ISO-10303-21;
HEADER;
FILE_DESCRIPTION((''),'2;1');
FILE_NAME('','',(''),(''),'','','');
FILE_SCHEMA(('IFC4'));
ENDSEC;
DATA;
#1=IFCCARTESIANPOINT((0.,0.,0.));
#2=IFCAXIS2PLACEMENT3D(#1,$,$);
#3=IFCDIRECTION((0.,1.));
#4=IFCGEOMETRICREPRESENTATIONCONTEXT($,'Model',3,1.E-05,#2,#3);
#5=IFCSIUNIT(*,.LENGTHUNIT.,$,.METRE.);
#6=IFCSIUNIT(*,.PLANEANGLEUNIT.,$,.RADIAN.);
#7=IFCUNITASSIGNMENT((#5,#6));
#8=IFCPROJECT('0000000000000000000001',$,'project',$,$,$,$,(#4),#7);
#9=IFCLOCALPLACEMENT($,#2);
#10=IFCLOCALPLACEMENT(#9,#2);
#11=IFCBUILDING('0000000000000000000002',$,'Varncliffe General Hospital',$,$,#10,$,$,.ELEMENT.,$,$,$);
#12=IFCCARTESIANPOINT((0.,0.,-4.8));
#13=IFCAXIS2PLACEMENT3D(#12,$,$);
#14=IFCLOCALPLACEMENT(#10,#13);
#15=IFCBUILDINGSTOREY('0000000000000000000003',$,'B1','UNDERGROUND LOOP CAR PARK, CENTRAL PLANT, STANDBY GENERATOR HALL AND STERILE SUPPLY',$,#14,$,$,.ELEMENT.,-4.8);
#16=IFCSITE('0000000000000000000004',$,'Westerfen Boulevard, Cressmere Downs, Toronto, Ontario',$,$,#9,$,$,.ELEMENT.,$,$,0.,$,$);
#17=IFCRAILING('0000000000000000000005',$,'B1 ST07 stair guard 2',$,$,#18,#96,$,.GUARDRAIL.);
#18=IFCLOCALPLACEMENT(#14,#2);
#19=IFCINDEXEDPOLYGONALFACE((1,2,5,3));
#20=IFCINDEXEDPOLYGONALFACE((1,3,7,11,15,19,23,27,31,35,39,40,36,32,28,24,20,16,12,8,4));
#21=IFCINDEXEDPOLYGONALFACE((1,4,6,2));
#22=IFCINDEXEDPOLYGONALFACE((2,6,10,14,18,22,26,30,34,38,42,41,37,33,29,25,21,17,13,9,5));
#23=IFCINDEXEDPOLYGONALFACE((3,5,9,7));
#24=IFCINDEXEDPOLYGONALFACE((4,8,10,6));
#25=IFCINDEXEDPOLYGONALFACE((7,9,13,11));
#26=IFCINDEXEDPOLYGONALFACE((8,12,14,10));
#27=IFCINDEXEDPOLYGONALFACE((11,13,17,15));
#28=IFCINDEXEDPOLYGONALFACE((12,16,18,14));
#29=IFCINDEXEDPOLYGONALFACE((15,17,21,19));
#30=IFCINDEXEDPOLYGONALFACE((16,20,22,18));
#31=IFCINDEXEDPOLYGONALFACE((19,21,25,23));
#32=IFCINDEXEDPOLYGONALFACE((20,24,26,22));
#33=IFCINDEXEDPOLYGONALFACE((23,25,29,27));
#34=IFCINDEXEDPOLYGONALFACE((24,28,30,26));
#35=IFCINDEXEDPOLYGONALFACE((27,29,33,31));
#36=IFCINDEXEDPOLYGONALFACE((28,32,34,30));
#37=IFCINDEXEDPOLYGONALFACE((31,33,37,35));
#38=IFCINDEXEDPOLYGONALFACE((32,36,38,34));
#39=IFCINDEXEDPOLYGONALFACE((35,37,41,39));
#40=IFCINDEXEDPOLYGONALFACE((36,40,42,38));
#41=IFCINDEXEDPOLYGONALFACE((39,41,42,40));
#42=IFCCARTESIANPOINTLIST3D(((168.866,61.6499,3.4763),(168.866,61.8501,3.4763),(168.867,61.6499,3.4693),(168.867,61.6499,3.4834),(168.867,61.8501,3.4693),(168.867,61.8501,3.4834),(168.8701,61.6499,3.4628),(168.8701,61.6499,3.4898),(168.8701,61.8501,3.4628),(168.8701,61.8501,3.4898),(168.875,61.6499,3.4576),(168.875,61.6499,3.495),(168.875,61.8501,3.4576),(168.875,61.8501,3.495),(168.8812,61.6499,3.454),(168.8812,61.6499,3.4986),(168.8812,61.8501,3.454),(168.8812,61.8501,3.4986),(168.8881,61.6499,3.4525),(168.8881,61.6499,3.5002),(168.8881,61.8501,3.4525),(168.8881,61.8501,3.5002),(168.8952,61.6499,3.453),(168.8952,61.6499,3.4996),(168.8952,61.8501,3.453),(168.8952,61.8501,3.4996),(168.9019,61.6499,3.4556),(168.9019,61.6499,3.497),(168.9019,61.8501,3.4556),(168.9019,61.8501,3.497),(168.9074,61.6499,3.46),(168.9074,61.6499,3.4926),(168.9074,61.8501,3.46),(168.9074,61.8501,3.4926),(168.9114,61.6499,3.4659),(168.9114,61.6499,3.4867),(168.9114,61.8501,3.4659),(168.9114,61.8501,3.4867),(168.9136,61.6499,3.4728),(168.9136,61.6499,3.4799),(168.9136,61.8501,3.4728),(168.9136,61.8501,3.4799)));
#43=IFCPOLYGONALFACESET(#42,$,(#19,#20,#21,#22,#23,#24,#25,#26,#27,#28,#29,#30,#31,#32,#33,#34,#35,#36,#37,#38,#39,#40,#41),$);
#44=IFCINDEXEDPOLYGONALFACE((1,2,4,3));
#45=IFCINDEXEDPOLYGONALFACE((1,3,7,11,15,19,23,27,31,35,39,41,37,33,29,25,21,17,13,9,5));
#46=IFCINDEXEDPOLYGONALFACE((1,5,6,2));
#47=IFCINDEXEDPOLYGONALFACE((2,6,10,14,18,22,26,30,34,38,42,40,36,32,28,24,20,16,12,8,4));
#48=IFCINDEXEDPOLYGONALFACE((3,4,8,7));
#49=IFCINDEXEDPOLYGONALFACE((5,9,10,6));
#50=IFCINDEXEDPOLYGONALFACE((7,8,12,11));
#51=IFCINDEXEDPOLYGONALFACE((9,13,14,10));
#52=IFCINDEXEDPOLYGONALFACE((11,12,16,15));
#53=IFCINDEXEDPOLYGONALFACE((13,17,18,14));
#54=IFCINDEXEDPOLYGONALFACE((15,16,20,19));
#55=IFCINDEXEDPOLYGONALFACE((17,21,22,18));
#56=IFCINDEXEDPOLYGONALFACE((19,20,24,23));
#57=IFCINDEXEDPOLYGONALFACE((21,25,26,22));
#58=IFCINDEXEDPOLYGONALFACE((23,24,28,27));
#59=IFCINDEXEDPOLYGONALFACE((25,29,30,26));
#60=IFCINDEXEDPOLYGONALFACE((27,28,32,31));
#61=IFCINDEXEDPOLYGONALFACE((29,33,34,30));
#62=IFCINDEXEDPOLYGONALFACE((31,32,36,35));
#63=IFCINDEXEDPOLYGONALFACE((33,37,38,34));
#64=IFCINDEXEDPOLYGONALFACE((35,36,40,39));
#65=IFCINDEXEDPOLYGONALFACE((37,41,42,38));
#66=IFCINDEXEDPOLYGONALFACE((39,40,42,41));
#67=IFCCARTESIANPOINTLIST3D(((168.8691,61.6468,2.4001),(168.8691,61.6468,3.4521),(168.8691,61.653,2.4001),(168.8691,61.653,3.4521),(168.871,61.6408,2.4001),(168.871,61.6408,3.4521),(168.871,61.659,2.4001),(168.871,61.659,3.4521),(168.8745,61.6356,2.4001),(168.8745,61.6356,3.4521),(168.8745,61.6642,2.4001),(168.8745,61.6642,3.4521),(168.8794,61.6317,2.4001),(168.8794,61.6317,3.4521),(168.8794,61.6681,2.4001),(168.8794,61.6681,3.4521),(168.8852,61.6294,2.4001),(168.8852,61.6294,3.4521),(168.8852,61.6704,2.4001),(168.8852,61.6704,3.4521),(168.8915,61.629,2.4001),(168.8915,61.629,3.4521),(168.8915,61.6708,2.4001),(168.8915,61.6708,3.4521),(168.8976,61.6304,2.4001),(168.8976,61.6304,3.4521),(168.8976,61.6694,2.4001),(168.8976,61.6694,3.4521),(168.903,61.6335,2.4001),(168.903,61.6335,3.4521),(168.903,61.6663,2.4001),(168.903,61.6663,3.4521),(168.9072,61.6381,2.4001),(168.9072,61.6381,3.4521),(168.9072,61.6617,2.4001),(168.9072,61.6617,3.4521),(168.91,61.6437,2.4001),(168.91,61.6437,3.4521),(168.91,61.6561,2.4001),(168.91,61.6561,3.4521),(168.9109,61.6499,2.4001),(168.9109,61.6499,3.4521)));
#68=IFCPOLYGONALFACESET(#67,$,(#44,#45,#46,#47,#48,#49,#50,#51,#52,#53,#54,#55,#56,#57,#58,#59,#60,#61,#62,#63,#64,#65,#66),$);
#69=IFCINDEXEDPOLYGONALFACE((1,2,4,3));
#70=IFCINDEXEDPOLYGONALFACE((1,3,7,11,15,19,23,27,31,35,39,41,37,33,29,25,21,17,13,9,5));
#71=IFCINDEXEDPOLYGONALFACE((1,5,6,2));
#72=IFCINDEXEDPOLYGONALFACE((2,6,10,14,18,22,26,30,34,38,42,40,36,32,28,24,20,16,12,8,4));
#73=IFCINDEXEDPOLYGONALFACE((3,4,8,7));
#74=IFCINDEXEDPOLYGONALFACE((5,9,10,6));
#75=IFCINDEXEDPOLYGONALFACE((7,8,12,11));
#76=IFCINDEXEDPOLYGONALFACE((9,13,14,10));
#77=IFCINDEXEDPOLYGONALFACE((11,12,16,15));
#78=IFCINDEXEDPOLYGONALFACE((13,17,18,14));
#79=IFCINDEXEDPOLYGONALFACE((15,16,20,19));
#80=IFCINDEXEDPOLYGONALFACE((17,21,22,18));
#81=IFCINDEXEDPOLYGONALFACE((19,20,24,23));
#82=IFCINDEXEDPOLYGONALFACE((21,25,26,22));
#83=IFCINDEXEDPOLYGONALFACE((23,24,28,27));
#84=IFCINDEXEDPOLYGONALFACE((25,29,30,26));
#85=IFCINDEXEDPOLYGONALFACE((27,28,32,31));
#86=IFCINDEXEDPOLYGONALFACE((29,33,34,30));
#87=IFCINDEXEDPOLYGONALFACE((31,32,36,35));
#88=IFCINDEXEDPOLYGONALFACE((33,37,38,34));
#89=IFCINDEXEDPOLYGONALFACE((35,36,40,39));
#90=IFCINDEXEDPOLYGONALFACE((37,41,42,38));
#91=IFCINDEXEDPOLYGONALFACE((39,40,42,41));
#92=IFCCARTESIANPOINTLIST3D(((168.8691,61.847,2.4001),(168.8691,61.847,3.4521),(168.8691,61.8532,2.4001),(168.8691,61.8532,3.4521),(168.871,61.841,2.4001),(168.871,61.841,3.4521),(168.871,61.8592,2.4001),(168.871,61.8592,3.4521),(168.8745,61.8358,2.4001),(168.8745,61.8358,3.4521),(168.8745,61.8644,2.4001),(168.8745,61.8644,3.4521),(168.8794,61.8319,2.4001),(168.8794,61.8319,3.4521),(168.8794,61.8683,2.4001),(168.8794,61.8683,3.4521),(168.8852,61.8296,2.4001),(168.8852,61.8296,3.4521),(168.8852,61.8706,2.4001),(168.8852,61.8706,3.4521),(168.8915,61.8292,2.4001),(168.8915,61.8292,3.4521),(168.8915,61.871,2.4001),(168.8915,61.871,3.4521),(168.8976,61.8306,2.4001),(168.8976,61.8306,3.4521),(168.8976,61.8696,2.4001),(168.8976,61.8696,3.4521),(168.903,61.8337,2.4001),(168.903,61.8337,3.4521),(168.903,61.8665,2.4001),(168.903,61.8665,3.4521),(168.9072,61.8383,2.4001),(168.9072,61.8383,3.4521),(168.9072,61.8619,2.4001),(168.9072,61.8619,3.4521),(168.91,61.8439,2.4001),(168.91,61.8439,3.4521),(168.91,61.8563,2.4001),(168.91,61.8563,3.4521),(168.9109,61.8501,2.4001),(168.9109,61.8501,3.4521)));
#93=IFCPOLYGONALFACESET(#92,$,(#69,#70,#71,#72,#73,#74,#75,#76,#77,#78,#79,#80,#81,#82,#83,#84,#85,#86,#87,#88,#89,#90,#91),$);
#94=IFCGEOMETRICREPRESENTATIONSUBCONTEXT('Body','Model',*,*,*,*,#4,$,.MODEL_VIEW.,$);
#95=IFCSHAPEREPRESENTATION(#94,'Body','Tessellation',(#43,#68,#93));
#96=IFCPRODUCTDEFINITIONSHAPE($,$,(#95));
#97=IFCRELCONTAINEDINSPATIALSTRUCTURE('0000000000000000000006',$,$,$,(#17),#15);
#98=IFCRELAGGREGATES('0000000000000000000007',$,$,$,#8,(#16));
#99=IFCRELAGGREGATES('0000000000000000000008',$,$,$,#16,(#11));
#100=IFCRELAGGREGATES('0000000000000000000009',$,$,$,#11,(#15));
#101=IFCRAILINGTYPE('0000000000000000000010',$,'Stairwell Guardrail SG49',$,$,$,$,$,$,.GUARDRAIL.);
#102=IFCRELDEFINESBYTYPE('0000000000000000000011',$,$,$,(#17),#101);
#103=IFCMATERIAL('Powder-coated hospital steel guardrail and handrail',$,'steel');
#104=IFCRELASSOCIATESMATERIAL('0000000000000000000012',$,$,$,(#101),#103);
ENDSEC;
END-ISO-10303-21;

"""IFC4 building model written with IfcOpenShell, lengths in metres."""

from ifc_helpers import new_model, si_unit, direction, frame, origin, origin_2d, place, context, subcontext, project, spatial, circle, extrude, material, type_object, element, save


model = new_model("IFC4")

# Units and contexts
model_context = context("Model", 3, precision=1e-05, world=origin(), true_north=direction((0.0, 1.0)))
body_context = subcontext(model_context, "Body", "Model", "MODEL_VIEW")
ifc_project = project(units=[si_unit("LENGTHUNIT", "METRE"), si_unit("PLANEANGLEUNIT", "RADIAN")], contexts=[model_context])

# Site, building, storey
site_placement = place(None, origin())
site = spatial("IfcSite", under=ifc_project, at=site_placement, Name="Westerfen Boulevard, Cressmere Downs, Toronto, Ontario", CompositionType="ELEMENT", RefElevation=0.0)
building_placement = place(site_placement, origin())
building = spatial("IfcBuilding", under=site, at=building_placement, Name="Varncliffe General Hospital", CompositionType="ELEMENT")
storey_placement = place(building_placement, frame((0.0, 0.0, -4.8)))
storey = spatial("IfcBuildingStorey", under=building, at=storey_placement, Name="B1", Description="UNDERGROUND LOOP CAR PARK, CENTRAL PLANT, STANDBY GENERATOR HALL AND STERILE SUPPLY", CompositionType="ELEMENT", Elevation=-4.8)

# Railing
ifc_material_1 = material(Name="Powder-coated hospital steel guardrail and handrail", Category="steel")
railing_type_1 = type_object("IfcRailingType", Name="Stairwell Guardrail SG49", PredefinedType="GUARDRAIL", material=ifc_material_1)
railing_1_placement = place(storey_placement, frame((168.8899, 61.6499, 2.4001)))
element("IfcRailing", 1, at=railing_1_placement, inside=storey, type_object=railing_type_1, Name="B1 ST07 stair guard 2", PredefinedType="GUARDRAIL", context=body_context, shape_type="SweptSolid", body=[
    extrude(circle(Radius=0.0239, at=origin_2d()), frame((0.0, 0.0, 1.0762), z_axis=(0.0, 1.0, 0.0), x_axis=(-1.0, 0.0, 0.0)), (0.0, 0.0, 1.0), 0.2002),
    extrude(circle(Radius=0.021, at=origin_2d()), origin(), (0.0, 0.0, 1.0), 1.052),
    extrude(circle(Radius=0.021, at=origin_2d()), frame((0.0, 0.2002, 0.0)), (0.0, 0.0, 1.0), 1.052),
])

save(model, "model.ifc")
